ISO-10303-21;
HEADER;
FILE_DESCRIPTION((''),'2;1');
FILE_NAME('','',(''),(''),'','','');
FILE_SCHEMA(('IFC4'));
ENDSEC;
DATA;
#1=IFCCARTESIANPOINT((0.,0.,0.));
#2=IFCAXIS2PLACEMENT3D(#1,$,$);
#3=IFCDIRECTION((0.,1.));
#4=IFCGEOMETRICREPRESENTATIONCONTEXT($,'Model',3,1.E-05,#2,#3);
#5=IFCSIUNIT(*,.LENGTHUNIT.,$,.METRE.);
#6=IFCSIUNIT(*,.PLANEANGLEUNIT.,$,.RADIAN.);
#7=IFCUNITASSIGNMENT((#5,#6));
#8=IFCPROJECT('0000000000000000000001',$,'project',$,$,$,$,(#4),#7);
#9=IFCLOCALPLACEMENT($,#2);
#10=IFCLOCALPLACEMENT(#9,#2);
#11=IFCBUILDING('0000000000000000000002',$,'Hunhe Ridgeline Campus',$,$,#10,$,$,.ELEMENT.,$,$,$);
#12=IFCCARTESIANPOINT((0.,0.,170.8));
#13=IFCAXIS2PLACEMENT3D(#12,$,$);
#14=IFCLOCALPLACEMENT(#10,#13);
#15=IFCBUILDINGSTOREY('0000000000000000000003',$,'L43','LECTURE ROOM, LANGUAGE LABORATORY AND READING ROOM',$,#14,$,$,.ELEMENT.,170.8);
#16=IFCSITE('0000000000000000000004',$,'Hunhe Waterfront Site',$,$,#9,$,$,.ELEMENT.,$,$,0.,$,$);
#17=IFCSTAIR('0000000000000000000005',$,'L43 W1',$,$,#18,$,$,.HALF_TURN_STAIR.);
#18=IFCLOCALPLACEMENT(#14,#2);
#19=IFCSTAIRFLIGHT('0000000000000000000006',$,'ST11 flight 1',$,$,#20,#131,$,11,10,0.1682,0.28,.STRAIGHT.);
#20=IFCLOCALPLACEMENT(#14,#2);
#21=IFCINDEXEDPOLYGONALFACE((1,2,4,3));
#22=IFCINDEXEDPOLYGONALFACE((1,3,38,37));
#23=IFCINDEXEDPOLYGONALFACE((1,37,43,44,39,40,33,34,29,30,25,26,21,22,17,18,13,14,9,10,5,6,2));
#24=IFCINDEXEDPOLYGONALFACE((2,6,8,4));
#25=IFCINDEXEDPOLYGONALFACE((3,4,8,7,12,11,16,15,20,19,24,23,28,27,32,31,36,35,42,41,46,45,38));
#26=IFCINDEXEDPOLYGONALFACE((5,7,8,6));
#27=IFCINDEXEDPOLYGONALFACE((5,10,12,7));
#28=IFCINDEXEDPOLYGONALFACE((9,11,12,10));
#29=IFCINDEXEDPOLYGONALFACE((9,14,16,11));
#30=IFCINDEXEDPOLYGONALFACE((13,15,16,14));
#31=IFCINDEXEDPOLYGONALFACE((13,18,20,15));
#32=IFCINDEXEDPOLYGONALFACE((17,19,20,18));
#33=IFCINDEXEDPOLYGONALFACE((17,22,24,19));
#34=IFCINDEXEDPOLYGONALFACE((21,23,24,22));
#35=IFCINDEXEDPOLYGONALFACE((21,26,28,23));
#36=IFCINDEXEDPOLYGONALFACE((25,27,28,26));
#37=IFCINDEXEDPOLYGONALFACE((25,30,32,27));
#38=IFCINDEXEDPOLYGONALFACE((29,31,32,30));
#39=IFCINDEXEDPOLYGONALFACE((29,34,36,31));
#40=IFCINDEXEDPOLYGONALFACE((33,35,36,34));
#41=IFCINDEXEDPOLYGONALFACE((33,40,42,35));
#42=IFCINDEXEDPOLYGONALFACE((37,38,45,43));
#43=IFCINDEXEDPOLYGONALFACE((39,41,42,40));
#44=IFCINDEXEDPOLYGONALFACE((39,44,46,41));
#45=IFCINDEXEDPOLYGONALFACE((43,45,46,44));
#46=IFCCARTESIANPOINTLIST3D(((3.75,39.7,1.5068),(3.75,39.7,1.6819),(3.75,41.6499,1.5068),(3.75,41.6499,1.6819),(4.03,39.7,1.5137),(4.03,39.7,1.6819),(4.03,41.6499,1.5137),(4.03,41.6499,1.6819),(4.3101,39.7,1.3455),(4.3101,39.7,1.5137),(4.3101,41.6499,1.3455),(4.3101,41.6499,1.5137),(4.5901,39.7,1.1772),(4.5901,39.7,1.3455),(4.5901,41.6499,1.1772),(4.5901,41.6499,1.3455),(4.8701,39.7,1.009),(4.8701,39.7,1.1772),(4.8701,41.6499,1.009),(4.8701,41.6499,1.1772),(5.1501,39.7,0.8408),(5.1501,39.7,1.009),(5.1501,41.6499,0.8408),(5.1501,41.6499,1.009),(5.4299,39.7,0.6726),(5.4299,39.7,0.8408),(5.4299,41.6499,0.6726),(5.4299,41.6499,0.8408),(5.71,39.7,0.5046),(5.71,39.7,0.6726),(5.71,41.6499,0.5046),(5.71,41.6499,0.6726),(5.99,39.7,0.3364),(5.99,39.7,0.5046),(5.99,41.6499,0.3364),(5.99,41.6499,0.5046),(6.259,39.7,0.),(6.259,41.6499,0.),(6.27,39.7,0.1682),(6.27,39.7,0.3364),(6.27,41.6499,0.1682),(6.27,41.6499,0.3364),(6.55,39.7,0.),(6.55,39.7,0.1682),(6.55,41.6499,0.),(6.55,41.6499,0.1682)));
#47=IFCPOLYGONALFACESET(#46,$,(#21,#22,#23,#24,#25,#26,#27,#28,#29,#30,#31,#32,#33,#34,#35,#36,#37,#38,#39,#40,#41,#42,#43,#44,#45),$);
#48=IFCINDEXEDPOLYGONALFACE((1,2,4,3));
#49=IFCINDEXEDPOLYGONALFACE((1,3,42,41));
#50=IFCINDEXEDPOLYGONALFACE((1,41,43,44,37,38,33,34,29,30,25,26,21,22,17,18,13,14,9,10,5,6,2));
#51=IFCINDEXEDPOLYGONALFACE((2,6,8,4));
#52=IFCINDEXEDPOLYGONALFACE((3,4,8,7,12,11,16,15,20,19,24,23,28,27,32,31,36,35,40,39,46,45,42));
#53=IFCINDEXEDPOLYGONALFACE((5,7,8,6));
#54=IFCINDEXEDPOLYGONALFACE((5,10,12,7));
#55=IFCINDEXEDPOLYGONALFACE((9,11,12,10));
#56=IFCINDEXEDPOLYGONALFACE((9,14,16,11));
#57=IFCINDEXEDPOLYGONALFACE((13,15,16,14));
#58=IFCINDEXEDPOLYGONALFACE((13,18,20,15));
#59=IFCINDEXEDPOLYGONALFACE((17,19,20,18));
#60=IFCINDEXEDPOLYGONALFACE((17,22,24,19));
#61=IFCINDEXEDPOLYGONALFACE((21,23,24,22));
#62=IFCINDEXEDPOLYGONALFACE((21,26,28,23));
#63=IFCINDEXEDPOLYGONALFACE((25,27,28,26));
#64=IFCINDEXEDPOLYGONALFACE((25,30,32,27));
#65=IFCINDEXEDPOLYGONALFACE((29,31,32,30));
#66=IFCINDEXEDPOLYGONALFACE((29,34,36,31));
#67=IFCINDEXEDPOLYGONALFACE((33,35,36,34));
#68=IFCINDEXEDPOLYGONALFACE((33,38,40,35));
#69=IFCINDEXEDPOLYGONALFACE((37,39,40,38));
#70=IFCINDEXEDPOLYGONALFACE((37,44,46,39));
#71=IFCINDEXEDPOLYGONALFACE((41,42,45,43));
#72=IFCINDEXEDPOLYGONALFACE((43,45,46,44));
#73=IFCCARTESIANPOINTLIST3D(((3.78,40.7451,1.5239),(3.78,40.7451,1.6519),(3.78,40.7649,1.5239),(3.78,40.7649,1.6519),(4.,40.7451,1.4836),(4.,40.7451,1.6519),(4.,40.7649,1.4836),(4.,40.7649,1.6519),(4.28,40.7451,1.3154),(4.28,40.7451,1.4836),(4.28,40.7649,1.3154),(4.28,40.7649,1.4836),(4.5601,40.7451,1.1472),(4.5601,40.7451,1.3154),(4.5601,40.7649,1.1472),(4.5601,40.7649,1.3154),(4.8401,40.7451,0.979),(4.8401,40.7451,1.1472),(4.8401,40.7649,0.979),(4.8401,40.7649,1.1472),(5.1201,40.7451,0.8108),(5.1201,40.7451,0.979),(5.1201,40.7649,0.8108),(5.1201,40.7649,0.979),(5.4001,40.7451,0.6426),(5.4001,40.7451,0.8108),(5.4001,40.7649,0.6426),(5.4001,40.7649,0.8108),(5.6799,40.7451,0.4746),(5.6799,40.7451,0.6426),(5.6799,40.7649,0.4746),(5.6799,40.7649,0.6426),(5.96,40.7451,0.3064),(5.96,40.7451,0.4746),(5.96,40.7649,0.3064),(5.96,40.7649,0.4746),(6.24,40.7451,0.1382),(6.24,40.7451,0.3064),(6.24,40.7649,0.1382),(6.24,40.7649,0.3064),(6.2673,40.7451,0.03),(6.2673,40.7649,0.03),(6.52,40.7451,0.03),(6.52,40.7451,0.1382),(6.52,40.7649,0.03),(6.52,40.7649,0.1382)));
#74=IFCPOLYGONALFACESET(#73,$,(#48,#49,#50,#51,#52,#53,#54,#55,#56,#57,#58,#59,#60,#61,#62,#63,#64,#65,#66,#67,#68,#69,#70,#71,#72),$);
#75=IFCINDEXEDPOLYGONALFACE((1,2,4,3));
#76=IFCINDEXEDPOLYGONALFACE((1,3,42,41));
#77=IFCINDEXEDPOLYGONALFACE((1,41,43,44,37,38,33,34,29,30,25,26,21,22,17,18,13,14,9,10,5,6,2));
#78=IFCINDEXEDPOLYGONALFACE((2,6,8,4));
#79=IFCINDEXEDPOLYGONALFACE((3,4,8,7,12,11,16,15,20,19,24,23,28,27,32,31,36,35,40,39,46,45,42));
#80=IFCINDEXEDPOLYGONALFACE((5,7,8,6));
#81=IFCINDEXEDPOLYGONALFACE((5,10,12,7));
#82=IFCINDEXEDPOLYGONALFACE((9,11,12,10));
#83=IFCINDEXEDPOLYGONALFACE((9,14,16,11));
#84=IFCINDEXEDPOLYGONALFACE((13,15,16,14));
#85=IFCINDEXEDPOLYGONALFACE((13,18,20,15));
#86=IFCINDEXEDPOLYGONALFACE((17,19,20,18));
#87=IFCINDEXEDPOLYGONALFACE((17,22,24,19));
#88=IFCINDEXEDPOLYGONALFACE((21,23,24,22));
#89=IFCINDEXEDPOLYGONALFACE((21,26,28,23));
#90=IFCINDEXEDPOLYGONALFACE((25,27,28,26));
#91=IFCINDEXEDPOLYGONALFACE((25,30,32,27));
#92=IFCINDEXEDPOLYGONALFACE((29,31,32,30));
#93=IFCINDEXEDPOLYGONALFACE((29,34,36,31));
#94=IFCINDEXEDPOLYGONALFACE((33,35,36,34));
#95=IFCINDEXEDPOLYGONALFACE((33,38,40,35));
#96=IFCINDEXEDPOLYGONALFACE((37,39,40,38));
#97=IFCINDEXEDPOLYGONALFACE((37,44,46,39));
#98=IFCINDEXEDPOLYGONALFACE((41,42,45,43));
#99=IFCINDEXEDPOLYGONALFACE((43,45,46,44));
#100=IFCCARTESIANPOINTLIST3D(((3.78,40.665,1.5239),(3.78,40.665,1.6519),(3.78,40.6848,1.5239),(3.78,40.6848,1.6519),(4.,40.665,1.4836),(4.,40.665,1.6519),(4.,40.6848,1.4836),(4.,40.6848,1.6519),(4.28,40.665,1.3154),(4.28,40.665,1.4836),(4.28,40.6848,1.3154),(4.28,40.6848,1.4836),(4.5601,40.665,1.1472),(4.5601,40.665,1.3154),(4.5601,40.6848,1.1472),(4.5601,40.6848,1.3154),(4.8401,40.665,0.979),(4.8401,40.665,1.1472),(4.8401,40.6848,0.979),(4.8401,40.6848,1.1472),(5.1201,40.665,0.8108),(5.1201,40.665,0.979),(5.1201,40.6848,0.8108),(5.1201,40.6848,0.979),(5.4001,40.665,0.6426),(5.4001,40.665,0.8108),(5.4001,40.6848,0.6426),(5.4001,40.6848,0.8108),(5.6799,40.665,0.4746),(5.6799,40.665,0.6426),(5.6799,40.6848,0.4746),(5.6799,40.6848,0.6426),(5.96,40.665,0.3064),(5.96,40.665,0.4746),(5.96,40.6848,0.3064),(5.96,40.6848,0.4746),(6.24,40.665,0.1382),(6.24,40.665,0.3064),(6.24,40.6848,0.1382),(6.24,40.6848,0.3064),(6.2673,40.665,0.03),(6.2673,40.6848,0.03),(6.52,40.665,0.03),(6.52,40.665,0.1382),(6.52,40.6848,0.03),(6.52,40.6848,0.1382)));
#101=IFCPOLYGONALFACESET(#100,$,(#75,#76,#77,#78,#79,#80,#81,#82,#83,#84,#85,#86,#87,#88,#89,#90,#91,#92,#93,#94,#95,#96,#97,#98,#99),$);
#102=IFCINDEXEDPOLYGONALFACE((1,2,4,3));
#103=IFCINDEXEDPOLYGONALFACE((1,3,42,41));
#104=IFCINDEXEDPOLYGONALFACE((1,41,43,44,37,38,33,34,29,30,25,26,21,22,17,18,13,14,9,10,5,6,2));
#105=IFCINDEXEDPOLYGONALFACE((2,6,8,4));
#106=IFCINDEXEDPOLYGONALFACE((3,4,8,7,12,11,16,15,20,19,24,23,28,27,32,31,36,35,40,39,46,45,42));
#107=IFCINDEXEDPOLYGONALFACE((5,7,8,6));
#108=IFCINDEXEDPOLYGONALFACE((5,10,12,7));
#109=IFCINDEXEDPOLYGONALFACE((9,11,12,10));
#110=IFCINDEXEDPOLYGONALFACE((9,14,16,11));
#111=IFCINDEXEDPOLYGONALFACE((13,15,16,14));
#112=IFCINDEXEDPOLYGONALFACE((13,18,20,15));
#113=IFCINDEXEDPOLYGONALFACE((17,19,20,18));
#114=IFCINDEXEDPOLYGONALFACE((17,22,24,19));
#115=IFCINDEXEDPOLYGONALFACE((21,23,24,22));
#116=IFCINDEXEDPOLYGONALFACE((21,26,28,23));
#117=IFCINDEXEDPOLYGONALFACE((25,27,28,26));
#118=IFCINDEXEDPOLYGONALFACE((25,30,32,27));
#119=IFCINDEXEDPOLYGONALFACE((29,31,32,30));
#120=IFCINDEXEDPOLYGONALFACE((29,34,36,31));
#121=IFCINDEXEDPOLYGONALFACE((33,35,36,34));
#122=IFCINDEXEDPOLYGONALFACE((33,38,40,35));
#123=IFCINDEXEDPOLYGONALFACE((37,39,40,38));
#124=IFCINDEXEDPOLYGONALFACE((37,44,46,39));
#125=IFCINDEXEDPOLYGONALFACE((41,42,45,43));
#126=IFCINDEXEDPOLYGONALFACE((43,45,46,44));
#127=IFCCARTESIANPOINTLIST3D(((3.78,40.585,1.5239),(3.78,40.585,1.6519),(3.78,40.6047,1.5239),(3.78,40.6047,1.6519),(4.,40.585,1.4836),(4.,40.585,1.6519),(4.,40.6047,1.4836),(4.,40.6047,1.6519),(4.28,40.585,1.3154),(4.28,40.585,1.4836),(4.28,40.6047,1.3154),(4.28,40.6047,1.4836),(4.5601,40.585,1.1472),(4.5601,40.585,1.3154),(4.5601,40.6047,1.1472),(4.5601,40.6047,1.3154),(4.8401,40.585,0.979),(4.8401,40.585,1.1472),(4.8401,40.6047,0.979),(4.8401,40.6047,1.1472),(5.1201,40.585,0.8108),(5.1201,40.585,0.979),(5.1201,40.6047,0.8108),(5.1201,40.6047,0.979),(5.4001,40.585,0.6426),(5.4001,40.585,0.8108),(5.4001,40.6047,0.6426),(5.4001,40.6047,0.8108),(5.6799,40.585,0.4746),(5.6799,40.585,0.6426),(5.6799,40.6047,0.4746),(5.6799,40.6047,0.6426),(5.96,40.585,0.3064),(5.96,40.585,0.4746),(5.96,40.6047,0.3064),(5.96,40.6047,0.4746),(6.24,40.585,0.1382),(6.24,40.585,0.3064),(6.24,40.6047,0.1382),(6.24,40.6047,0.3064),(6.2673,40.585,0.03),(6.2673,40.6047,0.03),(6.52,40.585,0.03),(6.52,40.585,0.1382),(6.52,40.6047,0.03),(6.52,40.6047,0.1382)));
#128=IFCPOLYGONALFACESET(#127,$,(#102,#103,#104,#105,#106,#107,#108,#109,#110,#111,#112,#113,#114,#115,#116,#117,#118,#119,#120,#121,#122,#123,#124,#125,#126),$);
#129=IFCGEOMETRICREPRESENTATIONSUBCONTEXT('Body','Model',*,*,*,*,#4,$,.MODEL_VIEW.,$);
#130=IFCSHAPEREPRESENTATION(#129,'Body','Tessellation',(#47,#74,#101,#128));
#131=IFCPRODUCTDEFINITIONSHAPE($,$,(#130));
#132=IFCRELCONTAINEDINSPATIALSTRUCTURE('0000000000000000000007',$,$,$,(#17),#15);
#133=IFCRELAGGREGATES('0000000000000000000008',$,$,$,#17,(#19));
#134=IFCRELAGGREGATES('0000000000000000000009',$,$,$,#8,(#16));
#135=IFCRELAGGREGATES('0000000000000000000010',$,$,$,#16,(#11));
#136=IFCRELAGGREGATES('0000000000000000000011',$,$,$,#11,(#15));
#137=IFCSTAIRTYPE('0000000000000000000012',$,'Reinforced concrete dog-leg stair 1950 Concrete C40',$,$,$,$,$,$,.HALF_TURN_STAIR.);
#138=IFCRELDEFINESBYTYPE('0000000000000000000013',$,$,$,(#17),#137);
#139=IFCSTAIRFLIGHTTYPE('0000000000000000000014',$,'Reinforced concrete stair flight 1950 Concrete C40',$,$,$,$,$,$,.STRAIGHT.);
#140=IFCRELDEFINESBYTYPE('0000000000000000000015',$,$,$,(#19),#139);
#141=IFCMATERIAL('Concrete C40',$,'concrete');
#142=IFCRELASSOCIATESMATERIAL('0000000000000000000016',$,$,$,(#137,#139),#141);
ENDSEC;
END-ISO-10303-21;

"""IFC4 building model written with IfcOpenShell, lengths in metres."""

from ifc_helpers import new_model, si_unit, direction, frame, origin, place, context, subcontext, project, spatial, polyline, outline, extrude, material, type_object, element, aggregate, save


model = new_model("IFC4")

# Units and contexts
model_context = context("Model", 3, precision=1e-05, world=origin(), true_north=direction((0.0, 1.0)))
body_context = subcontext(model_context, "Body", "Model", "MODEL_VIEW")
ifc_project = project(units=[si_unit("LENGTHUNIT", "METRE"), si_unit("PLANEANGLEUNIT", "RADIAN")], contexts=[model_context])

# Site, building, storey
site_placement = place(None, origin())
site = spatial("IfcSite", under=ifc_project, at=site_placement, Name="Hunhe Waterfront Site", CompositionType="ELEMENT", RefElevation=0.0)
building_placement = place(site_placement, origin())
building = spatial("IfcBuilding", under=site, at=building_placement, Name="Hunhe Ridgeline Campus", CompositionType="ELEMENT")
storey_placement = place(building_placement, frame((0.0, 0.0, 170.8)))
storey = spatial("IfcBuildingStorey", under=building, at=storey_placement, Name="L43", Description="LECTURE ROOM, LANGUAGE LABORATORY AND READING ROOM", CompositionType="ELEMENT", Elevation=170.8)

# Shared definitions
ifc_material_1 = material(Name="Concrete C40", Category="concrete")
stair_type = type_object("IfcStairType", Name="Reinforced concrete dog-leg stair 1950 Concrete C40", PredefinedType="HALF_TURN_STAIR", material=ifc_material_1)
stair_flight_type = type_object("IfcStairFlightType", Name="Reinforced concrete stair flight 1950 Concrete C40", PredefinedType="STRAIGHT", material=ifc_material_1)

# Stair, stair flight
stair_1_placement = place(storey_placement, origin())
stair_1 = element("IfcStair", 1, at=stair_1_placement, inside=storey, type_object=stair_type, Name="L43 W1", PredefinedType="HALF_TURN_STAIR")
stair_flight_1_placement = place(storey_placement, frame((6.55, 40.675, 0.0), z_axis=(0.0, 0.0, 1.0), x_axis=(-1.0, 0.0, 0.0)))
stair_flight_1 = element("IfcStairFlight", 2, at=stair_flight_1_placement, type_object=stair_flight_type, Name="ST11 flight 1", NumberOfRisers=11, NumberOfTreads=10, PredefinedType="STRAIGHT", RiserHeight=0.1682, TreadLength=0.28, context=body_context, shape_type="SweptSolid", body=[
    extrude(outline(polyline([(0.0, 0.0), (0.0, 0.1682), (0.28, 0.1682), (0.28, 0.3364), (0.5601, 0.3364), (0.5601, 0.5046), (0.8401, 0.5046), (0.8401, 0.6726), (1.1201, 0.6726), (1.1201, 0.8408), (1.3999, 0.8408), (1.3999, 1.009), (1.6799, 1.009), (1.6799, 1.1772), (1.96, 1.1772), (1.96, 1.3455), (2.24, 1.3455), (2.24, 1.5137), (2.52, 1.5137), (2.52, 1.6819), (2.8, 1.6819), (2.8, 1.8501), (2.8, 1.5068), (0.291, 0.0), (0.0, 0.0)])), frame((0.0, 0.9751, 0.0), z_axis=(0.0, -1.0, 0.0), x_axis=(1.0, 0.0, 0.0)), (0.0, 0.0, 1.0), 1.95),
    extrude(outline(polyline([(0.03, 0.03), (0.03, 0.1382), (0.3101, 0.1382), (0.3101, 0.3064), (0.5901, 0.3064), (0.5901, 0.4746), (0.8701, 0.4746), (0.8701, 0.6426), (1.1499, 0.6426), (1.1499, 0.8108), (1.4299, 0.8108), (1.4299, 0.979), (1.71, 0.979), (1.71, 1.1472), (1.99, 1.1472), (1.99, 1.3154), (2.27, 1.3154), (2.27, 1.4836), (2.55, 1.4836), (2.55, 1.6519), (2.77, 1.6519), (2.77, 1.5239), (0.2827, 0.03), (0.03, 0.03)])), frame((0.0, -0.0701, 0.0), z_axis=(0.0, -1.0, 0.0), x_axis=(1.0, 0.0, 0.0)), (0.0, 0.0, 1.0), 0.0198),
    extrude(outline(polyline([(0.03, 0.03), (0.03, 0.1382), (0.3101, 0.1382), (0.3101, 0.3064), (0.5901, 0.3064), (0.5901, 0.4746), (0.8701, 0.4746), (0.8701, 0.6426), (1.1499, 0.6426), (1.1499, 0.8108), (1.4299, 0.8108), (1.4299, 0.979), (1.71, 0.979), (1.71, 1.1472), (1.99, 1.1472), (1.99, 1.3154), (2.27, 1.3154), (2.27, 1.4836), (2.55, 1.4836), (2.55, 1.6519), (2.77, 1.6519), (2.77, 1.5239), (0.2827, 0.03), (0.03, 0.03)])), frame((0.0, 0.01, 0.0), z_axis=(0.0, -1.0, 0.0), x_axis=(1.0, 0.0, 0.0)), (0.0, 0.0, 1.0), 0.0198),
    extrude(outline(polyline([(0.03, 0.03), (0.03, 0.1382), (0.3101, 0.1382), (0.3101, 0.3064), (0.5901, 0.3064), (0.5901, 0.4746), (0.8701, 0.4746), (0.8701, 0.6426), (1.1499, 0.6426), (1.1499, 0.8108), (1.4299, 0.8108), (1.4299, 0.979), (1.71, 0.979), (1.71, 1.1472), (1.99, 1.1472), (1.99, 1.3154), (2.27, 1.3154), (2.27, 1.4836), (2.55, 1.4836), (2.55, 1.6519), (2.77, 1.6519), (2.77, 1.5239), (0.2827, 0.03), (0.03, 0.03)])), frame((0.0, 0.0901, 0.0), z_axis=(0.0, -1.0, 0.0), x_axis=(1.0, 0.0, 0.0)), (0.0, 0.0, 1.0), 0.0198),
])
aggregate(stair_1, [stair_flight_1])

save(model, "model.ifc")
